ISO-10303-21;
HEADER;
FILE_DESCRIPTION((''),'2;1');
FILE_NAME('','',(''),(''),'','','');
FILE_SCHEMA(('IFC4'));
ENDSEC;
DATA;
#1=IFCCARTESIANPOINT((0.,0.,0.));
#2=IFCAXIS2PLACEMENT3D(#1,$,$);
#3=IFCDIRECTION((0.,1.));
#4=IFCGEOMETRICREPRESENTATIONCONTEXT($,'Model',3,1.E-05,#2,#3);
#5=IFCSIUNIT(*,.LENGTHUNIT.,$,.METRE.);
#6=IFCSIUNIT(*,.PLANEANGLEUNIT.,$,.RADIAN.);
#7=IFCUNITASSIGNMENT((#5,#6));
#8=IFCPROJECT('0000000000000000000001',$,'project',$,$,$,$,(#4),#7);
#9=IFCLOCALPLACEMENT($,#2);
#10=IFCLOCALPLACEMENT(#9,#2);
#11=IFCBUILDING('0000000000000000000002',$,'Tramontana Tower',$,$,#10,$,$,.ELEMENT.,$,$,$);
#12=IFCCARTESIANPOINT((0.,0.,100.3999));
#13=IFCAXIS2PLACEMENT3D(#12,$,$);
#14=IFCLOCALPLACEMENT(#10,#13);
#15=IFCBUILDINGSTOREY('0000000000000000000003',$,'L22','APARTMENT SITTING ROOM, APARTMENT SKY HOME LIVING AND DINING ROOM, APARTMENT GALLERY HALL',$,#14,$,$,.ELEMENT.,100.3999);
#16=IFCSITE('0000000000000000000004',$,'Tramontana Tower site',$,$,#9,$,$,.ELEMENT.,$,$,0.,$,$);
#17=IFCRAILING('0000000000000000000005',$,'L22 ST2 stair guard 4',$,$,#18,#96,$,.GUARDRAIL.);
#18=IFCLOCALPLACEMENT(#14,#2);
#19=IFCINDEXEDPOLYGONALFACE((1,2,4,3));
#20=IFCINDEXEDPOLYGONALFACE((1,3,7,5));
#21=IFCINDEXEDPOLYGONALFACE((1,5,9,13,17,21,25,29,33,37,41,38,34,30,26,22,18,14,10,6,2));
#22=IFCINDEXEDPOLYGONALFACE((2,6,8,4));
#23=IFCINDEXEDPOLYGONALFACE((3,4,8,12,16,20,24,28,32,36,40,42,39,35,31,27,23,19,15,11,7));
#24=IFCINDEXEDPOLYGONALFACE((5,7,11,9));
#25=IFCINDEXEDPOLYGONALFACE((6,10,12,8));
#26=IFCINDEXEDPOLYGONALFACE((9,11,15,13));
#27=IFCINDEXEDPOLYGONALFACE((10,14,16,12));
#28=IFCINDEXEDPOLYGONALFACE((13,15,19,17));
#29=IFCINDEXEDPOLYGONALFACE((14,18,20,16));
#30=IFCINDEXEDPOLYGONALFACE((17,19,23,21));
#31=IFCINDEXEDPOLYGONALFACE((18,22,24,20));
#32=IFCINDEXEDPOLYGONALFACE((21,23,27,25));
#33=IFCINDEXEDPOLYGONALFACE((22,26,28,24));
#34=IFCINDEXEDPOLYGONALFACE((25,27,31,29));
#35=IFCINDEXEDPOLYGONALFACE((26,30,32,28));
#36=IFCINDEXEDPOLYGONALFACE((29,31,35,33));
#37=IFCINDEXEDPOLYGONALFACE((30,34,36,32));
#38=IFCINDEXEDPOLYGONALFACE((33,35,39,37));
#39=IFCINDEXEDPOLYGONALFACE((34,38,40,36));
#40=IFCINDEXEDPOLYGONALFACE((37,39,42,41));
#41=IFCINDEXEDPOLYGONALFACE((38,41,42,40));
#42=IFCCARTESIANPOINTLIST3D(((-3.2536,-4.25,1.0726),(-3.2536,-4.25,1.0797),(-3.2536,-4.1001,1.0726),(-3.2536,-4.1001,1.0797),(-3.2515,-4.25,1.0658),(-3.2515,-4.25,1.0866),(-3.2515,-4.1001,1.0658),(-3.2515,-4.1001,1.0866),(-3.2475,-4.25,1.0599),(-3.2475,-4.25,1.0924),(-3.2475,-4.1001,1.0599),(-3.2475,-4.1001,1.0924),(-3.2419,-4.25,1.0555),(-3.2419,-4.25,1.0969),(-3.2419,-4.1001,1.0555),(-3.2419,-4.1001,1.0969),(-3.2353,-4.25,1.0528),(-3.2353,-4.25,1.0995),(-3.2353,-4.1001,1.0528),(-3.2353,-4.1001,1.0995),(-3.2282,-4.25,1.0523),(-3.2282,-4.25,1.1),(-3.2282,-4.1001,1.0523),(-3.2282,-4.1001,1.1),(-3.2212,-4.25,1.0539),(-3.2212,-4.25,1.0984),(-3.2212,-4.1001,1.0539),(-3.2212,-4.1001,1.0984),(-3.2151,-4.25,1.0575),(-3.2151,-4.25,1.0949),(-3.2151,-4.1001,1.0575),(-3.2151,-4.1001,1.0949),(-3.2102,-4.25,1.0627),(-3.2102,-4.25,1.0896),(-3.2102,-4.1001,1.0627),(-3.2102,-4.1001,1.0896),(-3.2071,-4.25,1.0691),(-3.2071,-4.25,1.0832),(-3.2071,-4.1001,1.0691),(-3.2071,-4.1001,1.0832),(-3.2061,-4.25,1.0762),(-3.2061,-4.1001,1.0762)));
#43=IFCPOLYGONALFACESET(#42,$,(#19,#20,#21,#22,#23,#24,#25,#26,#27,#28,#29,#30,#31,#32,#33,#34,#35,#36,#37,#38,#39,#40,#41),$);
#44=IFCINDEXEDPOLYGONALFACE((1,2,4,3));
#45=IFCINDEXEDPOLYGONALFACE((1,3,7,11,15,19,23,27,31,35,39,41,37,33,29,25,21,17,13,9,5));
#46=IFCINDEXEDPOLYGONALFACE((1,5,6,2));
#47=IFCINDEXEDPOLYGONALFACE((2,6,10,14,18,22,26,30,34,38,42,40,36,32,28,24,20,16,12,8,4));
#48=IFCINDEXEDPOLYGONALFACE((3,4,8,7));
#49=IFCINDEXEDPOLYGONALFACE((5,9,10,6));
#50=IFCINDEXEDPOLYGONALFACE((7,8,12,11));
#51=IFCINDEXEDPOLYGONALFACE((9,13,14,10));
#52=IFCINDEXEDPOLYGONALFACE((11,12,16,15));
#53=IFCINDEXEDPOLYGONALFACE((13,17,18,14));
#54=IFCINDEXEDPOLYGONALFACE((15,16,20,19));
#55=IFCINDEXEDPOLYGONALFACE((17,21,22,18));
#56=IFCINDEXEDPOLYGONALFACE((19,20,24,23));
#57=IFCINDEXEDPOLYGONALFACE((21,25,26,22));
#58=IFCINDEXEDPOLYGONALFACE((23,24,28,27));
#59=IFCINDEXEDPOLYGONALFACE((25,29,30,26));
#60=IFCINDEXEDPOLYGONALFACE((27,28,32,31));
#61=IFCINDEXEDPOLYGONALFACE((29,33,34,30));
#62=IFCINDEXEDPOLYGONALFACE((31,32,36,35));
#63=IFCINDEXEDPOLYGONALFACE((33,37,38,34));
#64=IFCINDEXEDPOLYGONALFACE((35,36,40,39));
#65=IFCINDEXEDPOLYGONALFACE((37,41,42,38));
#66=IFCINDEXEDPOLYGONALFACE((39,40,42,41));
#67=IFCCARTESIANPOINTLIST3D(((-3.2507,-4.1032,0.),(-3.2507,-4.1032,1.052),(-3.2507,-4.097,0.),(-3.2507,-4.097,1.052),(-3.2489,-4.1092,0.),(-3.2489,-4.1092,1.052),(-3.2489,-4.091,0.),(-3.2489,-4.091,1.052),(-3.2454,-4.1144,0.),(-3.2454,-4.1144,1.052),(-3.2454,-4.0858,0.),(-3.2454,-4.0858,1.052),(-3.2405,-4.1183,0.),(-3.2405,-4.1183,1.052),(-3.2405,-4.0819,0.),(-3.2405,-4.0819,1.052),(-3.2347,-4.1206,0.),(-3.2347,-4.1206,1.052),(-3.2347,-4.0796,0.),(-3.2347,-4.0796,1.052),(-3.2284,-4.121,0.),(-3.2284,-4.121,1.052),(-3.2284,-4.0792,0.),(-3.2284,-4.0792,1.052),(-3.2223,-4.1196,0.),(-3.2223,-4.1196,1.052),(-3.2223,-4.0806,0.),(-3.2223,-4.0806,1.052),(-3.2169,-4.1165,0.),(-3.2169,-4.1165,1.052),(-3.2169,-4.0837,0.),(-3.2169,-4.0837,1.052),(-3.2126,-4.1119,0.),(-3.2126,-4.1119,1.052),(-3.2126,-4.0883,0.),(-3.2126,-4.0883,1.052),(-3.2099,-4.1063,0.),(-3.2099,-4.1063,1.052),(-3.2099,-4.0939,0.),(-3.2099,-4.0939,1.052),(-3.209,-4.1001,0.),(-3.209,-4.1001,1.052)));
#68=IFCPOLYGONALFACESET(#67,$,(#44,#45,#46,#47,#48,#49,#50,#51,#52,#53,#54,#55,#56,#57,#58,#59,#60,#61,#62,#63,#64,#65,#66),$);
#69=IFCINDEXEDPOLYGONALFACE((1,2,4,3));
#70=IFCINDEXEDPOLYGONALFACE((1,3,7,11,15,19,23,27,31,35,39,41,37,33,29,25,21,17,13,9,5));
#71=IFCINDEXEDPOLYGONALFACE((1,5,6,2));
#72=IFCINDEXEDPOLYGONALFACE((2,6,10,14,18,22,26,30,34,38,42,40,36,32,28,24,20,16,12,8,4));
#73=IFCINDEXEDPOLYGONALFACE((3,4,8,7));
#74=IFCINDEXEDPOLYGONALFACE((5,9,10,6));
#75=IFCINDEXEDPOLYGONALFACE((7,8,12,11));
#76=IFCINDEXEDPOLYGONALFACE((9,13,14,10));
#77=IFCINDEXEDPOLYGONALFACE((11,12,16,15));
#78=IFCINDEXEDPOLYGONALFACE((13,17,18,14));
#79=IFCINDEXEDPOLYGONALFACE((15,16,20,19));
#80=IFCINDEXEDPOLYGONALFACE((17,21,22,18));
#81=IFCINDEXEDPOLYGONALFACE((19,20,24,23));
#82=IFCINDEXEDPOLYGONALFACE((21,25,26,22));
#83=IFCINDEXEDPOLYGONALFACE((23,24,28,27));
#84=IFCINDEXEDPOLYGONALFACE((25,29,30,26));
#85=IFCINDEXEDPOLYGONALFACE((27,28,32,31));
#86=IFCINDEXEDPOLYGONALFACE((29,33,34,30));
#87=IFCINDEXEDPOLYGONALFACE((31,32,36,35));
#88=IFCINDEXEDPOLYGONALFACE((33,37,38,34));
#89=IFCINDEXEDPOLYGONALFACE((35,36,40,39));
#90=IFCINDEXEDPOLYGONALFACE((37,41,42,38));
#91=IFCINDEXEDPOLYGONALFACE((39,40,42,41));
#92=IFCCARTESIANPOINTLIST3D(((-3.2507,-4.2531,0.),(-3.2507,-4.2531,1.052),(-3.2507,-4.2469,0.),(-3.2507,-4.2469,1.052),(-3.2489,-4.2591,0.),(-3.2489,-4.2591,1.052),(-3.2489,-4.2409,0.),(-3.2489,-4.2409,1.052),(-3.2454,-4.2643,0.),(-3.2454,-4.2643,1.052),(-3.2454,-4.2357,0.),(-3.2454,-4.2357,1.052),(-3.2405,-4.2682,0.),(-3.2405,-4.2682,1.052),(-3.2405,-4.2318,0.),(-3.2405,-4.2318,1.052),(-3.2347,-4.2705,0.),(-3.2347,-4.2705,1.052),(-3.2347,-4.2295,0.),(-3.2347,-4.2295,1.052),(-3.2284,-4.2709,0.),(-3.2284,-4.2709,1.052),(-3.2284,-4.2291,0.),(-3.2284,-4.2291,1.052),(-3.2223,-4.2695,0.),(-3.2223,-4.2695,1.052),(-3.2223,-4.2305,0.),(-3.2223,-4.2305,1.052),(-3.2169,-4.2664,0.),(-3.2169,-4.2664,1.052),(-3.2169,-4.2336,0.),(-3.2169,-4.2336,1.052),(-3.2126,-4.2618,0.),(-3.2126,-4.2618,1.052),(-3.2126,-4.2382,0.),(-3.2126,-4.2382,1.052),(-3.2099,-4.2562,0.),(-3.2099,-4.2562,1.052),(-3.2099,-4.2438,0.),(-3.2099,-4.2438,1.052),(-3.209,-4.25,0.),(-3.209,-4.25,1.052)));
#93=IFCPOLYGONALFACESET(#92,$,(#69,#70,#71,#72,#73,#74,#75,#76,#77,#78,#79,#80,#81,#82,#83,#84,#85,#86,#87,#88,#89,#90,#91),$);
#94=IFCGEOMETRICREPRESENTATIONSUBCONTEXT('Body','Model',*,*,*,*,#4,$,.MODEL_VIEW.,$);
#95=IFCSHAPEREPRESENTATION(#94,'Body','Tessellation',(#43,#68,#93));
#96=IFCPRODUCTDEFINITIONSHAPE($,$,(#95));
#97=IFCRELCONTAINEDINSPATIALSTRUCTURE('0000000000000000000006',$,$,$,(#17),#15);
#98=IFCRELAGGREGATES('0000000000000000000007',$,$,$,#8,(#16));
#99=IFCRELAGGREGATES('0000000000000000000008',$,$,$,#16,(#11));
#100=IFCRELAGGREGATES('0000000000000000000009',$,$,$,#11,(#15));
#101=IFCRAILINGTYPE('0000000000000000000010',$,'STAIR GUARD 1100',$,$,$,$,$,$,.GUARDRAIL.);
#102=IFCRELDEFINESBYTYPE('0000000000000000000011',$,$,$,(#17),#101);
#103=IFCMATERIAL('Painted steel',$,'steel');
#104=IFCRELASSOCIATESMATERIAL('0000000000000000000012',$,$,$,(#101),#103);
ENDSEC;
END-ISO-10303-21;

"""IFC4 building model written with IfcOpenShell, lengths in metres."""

from ifc_helpers import new_model, si_unit, direction, frame, origin, origin_2d, place, context, subcontext, project, spatial, circle, extrude, material, type_object, element, save


model = new_model("IFC4")

# Units and contexts
model_context = context("Model", 3, precision=1e-05, world=origin(), true_north=direction((0.0, 1.0)))
body_context = subcontext(model_context, "Body", "Model", "MODEL_VIEW")
ifc_project = project(units=[si_unit("LENGTHUNIT", "METRE"), si_unit("PLANEANGLEUNIT", "RADIAN")], contexts=[model_context])

# Site, building, storey
site_placement = place(None, origin())
site = spatial("IfcSite", under=ifc_project, at=site_placement, Name="Tramontana Tower site", CompositionType="ELEMENT", RefElevation=0.0)
building_placement = place(site_placement, origin())
building = spatial("IfcBuilding", under=site, at=building_placement, Name="Tramontana Tower", CompositionType="ELEMENT")
storey_placement = place(building_placement, frame((0.0, 0.0, 100.3999)))
storey = spatial("IfcBuildingStorey", under=building, at=storey_placement, Name="L22", Description="APARTMENT SITTING ROOM, APARTMENT SKY HOME LIVING AND DINING ROOM, APARTMENT GALLERY HALL", CompositionType="ELEMENT", Elevation=100.3999)

# Railing
ifc_material_1 = material(Name="Painted steel", Category="steel")
railing_type_1 = type_object("IfcRailingType", Name="STAIR GUARD 1100", PredefinedType="GUARDRAIL", material=ifc_material_1)
railing_1_placement = place(storey_placement, frame((-3.23, -4.1001, 0.0)))
element("IfcRailing", 1, at=railing_1_placement, inside=storey, type_object=railing_type_1, Name="L22 ST2 stair guard 4", PredefinedType="GUARDRAIL", context=body_context, shape_type="SweptSolid", body=[
    extrude(circle(Radius=0.0239, at=origin_2d()), frame((0.0, 0.0, 1.0762), z_axis=(0.0, -1.0, 0.0), x_axis=(1.0, 0.0, 0.0)), (0.0, 0.0, 1.0), 0.1499),
    extrude(circle(Radius=0.021, at=origin_2d()), origin(), (0.0, 0.0, 1.0), 1.052),
    extrude(circle(Radius=0.021, at=origin_2d()), frame((0.0, -0.1499, 0.0)), (0.0, 0.0, 1.0), 1.052),
])

save(model, "model.ifc")
